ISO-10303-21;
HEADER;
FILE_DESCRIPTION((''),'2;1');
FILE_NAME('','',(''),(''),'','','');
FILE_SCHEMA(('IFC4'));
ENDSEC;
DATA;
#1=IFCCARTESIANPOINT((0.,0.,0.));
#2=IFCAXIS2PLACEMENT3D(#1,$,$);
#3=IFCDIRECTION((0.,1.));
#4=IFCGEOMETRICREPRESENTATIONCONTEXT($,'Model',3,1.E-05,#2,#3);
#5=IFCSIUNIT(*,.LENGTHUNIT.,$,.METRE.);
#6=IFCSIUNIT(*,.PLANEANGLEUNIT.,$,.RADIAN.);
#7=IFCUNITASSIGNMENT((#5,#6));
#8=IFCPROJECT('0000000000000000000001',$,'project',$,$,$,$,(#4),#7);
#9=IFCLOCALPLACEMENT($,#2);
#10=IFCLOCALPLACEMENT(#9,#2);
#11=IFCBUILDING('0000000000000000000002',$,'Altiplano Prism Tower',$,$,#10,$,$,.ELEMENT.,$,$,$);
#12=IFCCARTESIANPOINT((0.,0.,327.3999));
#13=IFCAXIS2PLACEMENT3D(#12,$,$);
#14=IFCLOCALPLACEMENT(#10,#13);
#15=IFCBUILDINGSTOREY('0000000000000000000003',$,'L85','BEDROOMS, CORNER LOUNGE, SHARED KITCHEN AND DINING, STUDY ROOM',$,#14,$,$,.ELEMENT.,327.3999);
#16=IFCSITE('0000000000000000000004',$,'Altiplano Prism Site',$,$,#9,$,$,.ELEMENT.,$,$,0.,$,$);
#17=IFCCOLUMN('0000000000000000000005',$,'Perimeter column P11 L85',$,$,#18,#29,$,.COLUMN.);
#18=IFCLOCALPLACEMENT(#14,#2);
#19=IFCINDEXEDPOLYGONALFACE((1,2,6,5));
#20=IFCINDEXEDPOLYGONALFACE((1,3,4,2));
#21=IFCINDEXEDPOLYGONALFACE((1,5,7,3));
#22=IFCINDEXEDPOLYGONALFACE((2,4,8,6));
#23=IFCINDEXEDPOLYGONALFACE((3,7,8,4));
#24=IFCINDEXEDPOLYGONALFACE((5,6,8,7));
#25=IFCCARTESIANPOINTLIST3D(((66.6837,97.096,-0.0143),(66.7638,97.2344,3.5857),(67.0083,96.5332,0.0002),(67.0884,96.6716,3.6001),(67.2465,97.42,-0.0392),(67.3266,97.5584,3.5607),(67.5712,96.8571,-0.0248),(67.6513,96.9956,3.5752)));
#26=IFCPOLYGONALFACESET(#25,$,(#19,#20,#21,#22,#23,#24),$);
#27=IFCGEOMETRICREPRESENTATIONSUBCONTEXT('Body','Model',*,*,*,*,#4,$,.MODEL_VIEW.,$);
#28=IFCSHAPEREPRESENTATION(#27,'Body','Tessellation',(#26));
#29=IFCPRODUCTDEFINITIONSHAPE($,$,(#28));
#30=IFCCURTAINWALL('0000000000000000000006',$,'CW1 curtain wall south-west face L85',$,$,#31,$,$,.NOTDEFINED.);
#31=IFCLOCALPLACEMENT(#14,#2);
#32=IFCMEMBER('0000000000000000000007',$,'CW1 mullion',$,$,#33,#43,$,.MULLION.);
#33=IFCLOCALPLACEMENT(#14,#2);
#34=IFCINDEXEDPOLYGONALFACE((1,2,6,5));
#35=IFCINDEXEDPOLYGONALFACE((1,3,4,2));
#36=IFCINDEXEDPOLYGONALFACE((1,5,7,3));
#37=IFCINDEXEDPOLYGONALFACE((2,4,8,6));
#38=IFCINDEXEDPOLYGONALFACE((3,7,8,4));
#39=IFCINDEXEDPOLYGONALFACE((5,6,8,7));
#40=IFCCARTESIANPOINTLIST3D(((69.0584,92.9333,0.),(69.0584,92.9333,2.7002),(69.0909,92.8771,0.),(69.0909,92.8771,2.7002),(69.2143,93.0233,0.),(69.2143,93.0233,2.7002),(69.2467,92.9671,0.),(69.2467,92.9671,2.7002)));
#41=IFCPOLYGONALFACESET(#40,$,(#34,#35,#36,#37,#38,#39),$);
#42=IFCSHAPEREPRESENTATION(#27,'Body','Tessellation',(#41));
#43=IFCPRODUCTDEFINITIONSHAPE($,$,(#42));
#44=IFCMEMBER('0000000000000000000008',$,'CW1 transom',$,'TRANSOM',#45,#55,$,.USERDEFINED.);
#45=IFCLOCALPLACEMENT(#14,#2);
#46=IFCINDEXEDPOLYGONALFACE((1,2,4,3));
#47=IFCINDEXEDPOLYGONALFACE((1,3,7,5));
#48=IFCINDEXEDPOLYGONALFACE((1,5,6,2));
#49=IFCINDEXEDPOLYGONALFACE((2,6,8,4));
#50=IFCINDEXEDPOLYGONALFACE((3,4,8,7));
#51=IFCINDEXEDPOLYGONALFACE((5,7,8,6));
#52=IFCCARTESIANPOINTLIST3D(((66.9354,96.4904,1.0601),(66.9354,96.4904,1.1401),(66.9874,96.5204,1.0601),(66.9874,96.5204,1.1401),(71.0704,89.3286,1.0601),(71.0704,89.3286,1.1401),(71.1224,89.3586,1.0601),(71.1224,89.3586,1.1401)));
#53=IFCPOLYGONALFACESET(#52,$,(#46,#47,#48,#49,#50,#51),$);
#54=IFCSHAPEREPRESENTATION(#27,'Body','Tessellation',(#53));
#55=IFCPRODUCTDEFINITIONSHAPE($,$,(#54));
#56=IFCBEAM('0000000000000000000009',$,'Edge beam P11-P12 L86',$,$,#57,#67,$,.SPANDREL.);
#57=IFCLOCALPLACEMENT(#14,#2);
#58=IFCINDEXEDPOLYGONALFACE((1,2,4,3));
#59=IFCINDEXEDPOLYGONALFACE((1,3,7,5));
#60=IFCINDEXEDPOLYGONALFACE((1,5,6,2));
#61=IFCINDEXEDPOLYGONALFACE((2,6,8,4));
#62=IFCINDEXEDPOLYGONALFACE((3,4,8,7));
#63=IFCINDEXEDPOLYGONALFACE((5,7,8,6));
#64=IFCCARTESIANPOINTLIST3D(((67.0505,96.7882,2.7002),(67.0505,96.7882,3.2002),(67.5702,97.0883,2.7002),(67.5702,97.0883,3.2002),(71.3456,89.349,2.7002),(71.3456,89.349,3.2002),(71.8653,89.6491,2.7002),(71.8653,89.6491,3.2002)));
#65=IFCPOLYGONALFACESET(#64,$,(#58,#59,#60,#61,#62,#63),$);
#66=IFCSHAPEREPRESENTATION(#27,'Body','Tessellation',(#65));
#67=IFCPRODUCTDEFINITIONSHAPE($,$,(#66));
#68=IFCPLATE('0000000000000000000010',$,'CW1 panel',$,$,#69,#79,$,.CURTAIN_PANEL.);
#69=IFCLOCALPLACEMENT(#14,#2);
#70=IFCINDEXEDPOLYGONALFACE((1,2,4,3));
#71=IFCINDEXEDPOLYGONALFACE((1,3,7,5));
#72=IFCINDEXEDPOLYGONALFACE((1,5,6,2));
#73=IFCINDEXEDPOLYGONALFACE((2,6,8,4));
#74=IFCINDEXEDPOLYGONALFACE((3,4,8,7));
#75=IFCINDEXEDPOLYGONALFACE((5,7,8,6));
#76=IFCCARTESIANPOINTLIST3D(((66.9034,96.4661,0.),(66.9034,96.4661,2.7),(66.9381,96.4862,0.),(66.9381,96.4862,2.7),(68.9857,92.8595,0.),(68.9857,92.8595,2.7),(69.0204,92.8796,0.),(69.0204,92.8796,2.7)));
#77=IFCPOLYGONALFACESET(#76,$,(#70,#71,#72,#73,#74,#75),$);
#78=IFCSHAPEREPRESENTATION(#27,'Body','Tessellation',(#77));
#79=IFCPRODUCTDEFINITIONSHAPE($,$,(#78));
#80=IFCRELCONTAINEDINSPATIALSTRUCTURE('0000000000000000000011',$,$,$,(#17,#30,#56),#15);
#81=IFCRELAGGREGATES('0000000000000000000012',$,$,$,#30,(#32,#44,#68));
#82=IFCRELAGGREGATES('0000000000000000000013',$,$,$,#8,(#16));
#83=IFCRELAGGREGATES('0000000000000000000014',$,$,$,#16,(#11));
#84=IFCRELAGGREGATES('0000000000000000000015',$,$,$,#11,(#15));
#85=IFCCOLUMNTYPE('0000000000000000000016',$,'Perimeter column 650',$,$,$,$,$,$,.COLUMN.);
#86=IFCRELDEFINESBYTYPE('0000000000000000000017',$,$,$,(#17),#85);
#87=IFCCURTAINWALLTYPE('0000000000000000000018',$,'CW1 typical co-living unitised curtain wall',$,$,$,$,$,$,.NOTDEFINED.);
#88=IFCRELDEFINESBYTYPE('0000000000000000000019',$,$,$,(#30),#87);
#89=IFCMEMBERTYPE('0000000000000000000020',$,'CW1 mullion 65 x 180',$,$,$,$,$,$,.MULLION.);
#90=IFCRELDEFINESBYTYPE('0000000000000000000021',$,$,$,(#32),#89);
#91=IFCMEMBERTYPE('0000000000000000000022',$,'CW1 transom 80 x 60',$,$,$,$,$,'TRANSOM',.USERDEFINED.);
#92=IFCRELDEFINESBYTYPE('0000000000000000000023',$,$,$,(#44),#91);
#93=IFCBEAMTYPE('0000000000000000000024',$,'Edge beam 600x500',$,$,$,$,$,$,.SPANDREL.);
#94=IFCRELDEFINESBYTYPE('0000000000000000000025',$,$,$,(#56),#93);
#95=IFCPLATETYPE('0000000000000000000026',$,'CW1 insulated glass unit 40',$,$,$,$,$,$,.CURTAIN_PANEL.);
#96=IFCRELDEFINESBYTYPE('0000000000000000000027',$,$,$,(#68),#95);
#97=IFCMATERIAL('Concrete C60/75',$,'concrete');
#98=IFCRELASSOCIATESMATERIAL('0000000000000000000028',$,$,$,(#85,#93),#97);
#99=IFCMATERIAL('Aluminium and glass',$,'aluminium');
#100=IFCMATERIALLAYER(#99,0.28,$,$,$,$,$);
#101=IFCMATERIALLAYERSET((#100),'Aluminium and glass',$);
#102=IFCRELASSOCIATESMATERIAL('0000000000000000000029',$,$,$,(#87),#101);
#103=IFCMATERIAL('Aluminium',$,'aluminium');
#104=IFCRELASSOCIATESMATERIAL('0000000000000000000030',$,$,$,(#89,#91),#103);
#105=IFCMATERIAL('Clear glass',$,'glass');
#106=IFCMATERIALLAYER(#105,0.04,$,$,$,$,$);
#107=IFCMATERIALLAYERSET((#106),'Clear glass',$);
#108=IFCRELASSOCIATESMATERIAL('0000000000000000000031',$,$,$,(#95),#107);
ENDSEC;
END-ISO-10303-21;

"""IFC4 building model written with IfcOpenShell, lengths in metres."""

from ifc_helpers import new_model, si_unit, direction, frame, origin, origin_2d, place, context, subcontext, project, spatial, rectangle, extrude, material, layer, layer_set, material_profile, profile_set, type_object, element, aggregate, save


model = new_model("IFC4")

# Units and contexts
model_context = context("Model", 3, precision=1e-05, world=origin(), true_north=direction((0.0, 1.0)))
body_context = subcontext(model_context, "Body", "Model", "MODEL_VIEW")
ifc_project = project(units=[si_unit("LENGTHUNIT", "METRE"), si_unit("PLANEANGLEUNIT", "RADIAN")], contexts=[model_context])

# Site, building, storey
site_placement = place(None, origin())
site = spatial("IfcSite", under=ifc_project, at=site_placement, Name="Altiplano Prism Site", CompositionType="ELEMENT", RefElevation=0.0)
building_placement = place(site_placement, origin())
building = spatial("IfcBuilding", under=site, at=building_placement, Name="Altiplano Prism Tower", CompositionType="ELEMENT")
storey_placement = place(building_placement, frame((0.0, 0.0, 327.3999)))
storey = spatial("IfcBuildingStorey", under=building, at=storey_placement, Name="L85", Description="BEDROOMS, CORNER LOUNGE, SHARED KITCHEN AND DINING, STUDY ROOM", CompositionType="ELEMENT", Elevation=327.3999)

# Column
ifc_material_1 = material(Name="Concrete C60/75", Category="concrete")
ifc_material_profile_1 = material_profile(ifc_material_1, rectangle(XDim=0.6499, YDim=0.6499, at=origin_2d()), Name="Perimeter column 650")
ifc_profile_set_1 = profile_set([ifc_material_profile_1], Name="Concrete C60/75")
column_type = type_object("IfcColumnType", Name="Perimeter column 650", PredefinedType="COLUMN", material=ifc_profile_set_1)
column_placement = place(storey_placement, frame((67.1274, 96.9766, -0.0195), z_axis=(0.022223, 0.038416, 0.999015), x_axis=(-0.866026, -0.49852, 0.038435)))
element("IfcColumn", 1, at=column_placement, inside=storey, type_object=column_type, Name="Perimeter column P11 L85", PredefinedType="COLUMN", context=body_context, shape_type="SweptSolid", body=[
    extrude(rectangle(XDim=0.6499, YDim=0.6499, at=origin_2d()), origin(), (0.0, 0.0, 1.0), 3.6035),
])

# Curtain wall, members
ifc_material_2 = material(Name="Aluminium and glass", Category="aluminium")
ifc_layer_1 = layer(ifc_material_2, 0.28)
ifc_layer_set_1 = layer_set([ifc_layer_1], Name="Aluminium and glass")
curtain_wall_type = type_object("IfcCurtainWallType", Name="CW1 typical co-living unitised curtain wall", PredefinedType="NOTDEFINED", material=ifc_layer_set_1)
curtain_wall_placement = place(storey_placement, origin())
curtain_wall = element("IfcCurtainWall", 2, at=curtain_wall_placement, inside=storey, type_object=curtain_wall_type, Name="CW1 curtain wall south-west face L85", PredefinedType="NOTDEFINED")
ifc_material_3 = material(Name="Aluminium", Category="aluminium")
ifc_material_profile_2 = material_profile(ifc_material_3, rectangle(XDim=0.1799, YDim=0.0649, at=origin_2d()), Name="CW1 mullion 65 x 180")
ifc_profile_set_2 = profile_set([ifc_material_profile_2], Name="Aluminium")
member_type_1 = type_object("IfcMemberType", Name="CW1 mullion 65 x 180", PredefinedType="MULLION", material=ifc_profile_set_2)
member_1_placement = place(storey_placement, frame((69.1526, 92.9502, 0.0), z_axis=(0.0, 0.0, 1.0), x_axis=(0.866025, 0.5, 0.0)))
member_1 = element("IfcMember", 3, at=member_1_placement, type_object=member_type_1, Name="CW1 mullion", PredefinedType="MULLION", context=body_context, shape_type="SweptSolid", body=[
    extrude(rectangle(XDim=0.1799, YDim=0.0649, at=origin_2d()), origin(), (0.0, 0.0, 1.0), 2.7002),
])
ifc_material_profile_3 = material_profile(ifc_material_3, rectangle(XDim=0.0601, YDim=0.0801, at=origin_2d()), Name="CW1 transom 80 x 60")
ifc_profile_set_3 = profile_set([ifc_material_profile_3], Name="Aluminium")
member_type_2 = type_object("IfcMemberType", Name="CW1 transom 80 x 60", ElementType="TRANSOM", PredefinedType="USERDEFINED", material=ifc_profile_set_3)
member_2_placement = place(storey_placement, frame((66.9614, 96.5054, 1.1001), z_axis=(0.50001, -0.86602, 0.0), x_axis=(0.86602, 0.50001, 0.0)))
member_2 = element("IfcMember", 4, at=member_2_placement, type_object=member_type_2, Name="CW1 transom", ObjectType="TRANSOM", PredefinedType="USERDEFINED", context=body_context, shape_type="SweptSolid", body=[
    extrude(rectangle(XDim=0.0601, YDim=0.0801, at=origin_2d()), origin(), (0.0, 0.0, 1.0), 8.2698),
])

# Beam
ifc_material_profile_4 = material_profile(ifc_material_1, rectangle(XDim=0.6001, YDim=0.5, at=origin_2d()), Name="Edge beam 600x500")
ifc_profile_set_4 = profile_set([ifc_material_profile_4], Name="Concrete C60/75")
beam_type = type_object("IfcBeamType", Name="Edge beam 600x500", PredefinedType="SPANDREL", material=ifc_profile_set_4)
beam_placement = place(storey_placement, frame((67.3103, 96.9382, 2.9502), z_axis=(0.500012, -0.866019, 0.0), x_axis=(0.866019, 0.500012, 0.0)))
element("IfcBeam", 5, at=beam_placement, inside=storey, type_object=beam_type, Name="Edge beam P11-P12 L86", PredefinedType="SPANDREL", context=body_context, shape_type="SweptSolid", body=[
    extrude(rectangle(XDim=0.6001, YDim=0.5, at=origin_2d()), origin(), (0.0, 0.0, 1.0), 8.5901),
])

# Plate
ifc_material_4 = material(Name="Clear glass", Category="glass")
ifc_layer_2 = layer(ifc_material_4, 0.04)
ifc_layer_set_2 = layer_set([ifc_layer_2], Name="Clear glass")
plate_type = type_object("IfcPlateType", Name="CW1 insulated glass unit 40", PredefinedType="CURTAIN_PANEL", material=ifc_layer_set_2)
plate_placement = place(storey_placement, frame((67.9619, 94.6729, 0.0), z_axis=(0.0, 0.0, 1.0), x_axis=(0.5, -0.866025, 0.0)))
plate = element("IfcPlate", 6, at=plate_placement, type_object=plate_type, Name="CW1 panel", PredefinedType="CURTAIN_PANEL", context=body_context, shape_type="SweptSolid", body=[
    extrude(rectangle(XDim=4.1646, YDim=0.04, at=origin_2d()), origin(), (0.0, 0.0, 1.0), 2.7),
])
aggregate(curtain_wall, [member_1, member_2, plate])

save(model, "model.ifc")
